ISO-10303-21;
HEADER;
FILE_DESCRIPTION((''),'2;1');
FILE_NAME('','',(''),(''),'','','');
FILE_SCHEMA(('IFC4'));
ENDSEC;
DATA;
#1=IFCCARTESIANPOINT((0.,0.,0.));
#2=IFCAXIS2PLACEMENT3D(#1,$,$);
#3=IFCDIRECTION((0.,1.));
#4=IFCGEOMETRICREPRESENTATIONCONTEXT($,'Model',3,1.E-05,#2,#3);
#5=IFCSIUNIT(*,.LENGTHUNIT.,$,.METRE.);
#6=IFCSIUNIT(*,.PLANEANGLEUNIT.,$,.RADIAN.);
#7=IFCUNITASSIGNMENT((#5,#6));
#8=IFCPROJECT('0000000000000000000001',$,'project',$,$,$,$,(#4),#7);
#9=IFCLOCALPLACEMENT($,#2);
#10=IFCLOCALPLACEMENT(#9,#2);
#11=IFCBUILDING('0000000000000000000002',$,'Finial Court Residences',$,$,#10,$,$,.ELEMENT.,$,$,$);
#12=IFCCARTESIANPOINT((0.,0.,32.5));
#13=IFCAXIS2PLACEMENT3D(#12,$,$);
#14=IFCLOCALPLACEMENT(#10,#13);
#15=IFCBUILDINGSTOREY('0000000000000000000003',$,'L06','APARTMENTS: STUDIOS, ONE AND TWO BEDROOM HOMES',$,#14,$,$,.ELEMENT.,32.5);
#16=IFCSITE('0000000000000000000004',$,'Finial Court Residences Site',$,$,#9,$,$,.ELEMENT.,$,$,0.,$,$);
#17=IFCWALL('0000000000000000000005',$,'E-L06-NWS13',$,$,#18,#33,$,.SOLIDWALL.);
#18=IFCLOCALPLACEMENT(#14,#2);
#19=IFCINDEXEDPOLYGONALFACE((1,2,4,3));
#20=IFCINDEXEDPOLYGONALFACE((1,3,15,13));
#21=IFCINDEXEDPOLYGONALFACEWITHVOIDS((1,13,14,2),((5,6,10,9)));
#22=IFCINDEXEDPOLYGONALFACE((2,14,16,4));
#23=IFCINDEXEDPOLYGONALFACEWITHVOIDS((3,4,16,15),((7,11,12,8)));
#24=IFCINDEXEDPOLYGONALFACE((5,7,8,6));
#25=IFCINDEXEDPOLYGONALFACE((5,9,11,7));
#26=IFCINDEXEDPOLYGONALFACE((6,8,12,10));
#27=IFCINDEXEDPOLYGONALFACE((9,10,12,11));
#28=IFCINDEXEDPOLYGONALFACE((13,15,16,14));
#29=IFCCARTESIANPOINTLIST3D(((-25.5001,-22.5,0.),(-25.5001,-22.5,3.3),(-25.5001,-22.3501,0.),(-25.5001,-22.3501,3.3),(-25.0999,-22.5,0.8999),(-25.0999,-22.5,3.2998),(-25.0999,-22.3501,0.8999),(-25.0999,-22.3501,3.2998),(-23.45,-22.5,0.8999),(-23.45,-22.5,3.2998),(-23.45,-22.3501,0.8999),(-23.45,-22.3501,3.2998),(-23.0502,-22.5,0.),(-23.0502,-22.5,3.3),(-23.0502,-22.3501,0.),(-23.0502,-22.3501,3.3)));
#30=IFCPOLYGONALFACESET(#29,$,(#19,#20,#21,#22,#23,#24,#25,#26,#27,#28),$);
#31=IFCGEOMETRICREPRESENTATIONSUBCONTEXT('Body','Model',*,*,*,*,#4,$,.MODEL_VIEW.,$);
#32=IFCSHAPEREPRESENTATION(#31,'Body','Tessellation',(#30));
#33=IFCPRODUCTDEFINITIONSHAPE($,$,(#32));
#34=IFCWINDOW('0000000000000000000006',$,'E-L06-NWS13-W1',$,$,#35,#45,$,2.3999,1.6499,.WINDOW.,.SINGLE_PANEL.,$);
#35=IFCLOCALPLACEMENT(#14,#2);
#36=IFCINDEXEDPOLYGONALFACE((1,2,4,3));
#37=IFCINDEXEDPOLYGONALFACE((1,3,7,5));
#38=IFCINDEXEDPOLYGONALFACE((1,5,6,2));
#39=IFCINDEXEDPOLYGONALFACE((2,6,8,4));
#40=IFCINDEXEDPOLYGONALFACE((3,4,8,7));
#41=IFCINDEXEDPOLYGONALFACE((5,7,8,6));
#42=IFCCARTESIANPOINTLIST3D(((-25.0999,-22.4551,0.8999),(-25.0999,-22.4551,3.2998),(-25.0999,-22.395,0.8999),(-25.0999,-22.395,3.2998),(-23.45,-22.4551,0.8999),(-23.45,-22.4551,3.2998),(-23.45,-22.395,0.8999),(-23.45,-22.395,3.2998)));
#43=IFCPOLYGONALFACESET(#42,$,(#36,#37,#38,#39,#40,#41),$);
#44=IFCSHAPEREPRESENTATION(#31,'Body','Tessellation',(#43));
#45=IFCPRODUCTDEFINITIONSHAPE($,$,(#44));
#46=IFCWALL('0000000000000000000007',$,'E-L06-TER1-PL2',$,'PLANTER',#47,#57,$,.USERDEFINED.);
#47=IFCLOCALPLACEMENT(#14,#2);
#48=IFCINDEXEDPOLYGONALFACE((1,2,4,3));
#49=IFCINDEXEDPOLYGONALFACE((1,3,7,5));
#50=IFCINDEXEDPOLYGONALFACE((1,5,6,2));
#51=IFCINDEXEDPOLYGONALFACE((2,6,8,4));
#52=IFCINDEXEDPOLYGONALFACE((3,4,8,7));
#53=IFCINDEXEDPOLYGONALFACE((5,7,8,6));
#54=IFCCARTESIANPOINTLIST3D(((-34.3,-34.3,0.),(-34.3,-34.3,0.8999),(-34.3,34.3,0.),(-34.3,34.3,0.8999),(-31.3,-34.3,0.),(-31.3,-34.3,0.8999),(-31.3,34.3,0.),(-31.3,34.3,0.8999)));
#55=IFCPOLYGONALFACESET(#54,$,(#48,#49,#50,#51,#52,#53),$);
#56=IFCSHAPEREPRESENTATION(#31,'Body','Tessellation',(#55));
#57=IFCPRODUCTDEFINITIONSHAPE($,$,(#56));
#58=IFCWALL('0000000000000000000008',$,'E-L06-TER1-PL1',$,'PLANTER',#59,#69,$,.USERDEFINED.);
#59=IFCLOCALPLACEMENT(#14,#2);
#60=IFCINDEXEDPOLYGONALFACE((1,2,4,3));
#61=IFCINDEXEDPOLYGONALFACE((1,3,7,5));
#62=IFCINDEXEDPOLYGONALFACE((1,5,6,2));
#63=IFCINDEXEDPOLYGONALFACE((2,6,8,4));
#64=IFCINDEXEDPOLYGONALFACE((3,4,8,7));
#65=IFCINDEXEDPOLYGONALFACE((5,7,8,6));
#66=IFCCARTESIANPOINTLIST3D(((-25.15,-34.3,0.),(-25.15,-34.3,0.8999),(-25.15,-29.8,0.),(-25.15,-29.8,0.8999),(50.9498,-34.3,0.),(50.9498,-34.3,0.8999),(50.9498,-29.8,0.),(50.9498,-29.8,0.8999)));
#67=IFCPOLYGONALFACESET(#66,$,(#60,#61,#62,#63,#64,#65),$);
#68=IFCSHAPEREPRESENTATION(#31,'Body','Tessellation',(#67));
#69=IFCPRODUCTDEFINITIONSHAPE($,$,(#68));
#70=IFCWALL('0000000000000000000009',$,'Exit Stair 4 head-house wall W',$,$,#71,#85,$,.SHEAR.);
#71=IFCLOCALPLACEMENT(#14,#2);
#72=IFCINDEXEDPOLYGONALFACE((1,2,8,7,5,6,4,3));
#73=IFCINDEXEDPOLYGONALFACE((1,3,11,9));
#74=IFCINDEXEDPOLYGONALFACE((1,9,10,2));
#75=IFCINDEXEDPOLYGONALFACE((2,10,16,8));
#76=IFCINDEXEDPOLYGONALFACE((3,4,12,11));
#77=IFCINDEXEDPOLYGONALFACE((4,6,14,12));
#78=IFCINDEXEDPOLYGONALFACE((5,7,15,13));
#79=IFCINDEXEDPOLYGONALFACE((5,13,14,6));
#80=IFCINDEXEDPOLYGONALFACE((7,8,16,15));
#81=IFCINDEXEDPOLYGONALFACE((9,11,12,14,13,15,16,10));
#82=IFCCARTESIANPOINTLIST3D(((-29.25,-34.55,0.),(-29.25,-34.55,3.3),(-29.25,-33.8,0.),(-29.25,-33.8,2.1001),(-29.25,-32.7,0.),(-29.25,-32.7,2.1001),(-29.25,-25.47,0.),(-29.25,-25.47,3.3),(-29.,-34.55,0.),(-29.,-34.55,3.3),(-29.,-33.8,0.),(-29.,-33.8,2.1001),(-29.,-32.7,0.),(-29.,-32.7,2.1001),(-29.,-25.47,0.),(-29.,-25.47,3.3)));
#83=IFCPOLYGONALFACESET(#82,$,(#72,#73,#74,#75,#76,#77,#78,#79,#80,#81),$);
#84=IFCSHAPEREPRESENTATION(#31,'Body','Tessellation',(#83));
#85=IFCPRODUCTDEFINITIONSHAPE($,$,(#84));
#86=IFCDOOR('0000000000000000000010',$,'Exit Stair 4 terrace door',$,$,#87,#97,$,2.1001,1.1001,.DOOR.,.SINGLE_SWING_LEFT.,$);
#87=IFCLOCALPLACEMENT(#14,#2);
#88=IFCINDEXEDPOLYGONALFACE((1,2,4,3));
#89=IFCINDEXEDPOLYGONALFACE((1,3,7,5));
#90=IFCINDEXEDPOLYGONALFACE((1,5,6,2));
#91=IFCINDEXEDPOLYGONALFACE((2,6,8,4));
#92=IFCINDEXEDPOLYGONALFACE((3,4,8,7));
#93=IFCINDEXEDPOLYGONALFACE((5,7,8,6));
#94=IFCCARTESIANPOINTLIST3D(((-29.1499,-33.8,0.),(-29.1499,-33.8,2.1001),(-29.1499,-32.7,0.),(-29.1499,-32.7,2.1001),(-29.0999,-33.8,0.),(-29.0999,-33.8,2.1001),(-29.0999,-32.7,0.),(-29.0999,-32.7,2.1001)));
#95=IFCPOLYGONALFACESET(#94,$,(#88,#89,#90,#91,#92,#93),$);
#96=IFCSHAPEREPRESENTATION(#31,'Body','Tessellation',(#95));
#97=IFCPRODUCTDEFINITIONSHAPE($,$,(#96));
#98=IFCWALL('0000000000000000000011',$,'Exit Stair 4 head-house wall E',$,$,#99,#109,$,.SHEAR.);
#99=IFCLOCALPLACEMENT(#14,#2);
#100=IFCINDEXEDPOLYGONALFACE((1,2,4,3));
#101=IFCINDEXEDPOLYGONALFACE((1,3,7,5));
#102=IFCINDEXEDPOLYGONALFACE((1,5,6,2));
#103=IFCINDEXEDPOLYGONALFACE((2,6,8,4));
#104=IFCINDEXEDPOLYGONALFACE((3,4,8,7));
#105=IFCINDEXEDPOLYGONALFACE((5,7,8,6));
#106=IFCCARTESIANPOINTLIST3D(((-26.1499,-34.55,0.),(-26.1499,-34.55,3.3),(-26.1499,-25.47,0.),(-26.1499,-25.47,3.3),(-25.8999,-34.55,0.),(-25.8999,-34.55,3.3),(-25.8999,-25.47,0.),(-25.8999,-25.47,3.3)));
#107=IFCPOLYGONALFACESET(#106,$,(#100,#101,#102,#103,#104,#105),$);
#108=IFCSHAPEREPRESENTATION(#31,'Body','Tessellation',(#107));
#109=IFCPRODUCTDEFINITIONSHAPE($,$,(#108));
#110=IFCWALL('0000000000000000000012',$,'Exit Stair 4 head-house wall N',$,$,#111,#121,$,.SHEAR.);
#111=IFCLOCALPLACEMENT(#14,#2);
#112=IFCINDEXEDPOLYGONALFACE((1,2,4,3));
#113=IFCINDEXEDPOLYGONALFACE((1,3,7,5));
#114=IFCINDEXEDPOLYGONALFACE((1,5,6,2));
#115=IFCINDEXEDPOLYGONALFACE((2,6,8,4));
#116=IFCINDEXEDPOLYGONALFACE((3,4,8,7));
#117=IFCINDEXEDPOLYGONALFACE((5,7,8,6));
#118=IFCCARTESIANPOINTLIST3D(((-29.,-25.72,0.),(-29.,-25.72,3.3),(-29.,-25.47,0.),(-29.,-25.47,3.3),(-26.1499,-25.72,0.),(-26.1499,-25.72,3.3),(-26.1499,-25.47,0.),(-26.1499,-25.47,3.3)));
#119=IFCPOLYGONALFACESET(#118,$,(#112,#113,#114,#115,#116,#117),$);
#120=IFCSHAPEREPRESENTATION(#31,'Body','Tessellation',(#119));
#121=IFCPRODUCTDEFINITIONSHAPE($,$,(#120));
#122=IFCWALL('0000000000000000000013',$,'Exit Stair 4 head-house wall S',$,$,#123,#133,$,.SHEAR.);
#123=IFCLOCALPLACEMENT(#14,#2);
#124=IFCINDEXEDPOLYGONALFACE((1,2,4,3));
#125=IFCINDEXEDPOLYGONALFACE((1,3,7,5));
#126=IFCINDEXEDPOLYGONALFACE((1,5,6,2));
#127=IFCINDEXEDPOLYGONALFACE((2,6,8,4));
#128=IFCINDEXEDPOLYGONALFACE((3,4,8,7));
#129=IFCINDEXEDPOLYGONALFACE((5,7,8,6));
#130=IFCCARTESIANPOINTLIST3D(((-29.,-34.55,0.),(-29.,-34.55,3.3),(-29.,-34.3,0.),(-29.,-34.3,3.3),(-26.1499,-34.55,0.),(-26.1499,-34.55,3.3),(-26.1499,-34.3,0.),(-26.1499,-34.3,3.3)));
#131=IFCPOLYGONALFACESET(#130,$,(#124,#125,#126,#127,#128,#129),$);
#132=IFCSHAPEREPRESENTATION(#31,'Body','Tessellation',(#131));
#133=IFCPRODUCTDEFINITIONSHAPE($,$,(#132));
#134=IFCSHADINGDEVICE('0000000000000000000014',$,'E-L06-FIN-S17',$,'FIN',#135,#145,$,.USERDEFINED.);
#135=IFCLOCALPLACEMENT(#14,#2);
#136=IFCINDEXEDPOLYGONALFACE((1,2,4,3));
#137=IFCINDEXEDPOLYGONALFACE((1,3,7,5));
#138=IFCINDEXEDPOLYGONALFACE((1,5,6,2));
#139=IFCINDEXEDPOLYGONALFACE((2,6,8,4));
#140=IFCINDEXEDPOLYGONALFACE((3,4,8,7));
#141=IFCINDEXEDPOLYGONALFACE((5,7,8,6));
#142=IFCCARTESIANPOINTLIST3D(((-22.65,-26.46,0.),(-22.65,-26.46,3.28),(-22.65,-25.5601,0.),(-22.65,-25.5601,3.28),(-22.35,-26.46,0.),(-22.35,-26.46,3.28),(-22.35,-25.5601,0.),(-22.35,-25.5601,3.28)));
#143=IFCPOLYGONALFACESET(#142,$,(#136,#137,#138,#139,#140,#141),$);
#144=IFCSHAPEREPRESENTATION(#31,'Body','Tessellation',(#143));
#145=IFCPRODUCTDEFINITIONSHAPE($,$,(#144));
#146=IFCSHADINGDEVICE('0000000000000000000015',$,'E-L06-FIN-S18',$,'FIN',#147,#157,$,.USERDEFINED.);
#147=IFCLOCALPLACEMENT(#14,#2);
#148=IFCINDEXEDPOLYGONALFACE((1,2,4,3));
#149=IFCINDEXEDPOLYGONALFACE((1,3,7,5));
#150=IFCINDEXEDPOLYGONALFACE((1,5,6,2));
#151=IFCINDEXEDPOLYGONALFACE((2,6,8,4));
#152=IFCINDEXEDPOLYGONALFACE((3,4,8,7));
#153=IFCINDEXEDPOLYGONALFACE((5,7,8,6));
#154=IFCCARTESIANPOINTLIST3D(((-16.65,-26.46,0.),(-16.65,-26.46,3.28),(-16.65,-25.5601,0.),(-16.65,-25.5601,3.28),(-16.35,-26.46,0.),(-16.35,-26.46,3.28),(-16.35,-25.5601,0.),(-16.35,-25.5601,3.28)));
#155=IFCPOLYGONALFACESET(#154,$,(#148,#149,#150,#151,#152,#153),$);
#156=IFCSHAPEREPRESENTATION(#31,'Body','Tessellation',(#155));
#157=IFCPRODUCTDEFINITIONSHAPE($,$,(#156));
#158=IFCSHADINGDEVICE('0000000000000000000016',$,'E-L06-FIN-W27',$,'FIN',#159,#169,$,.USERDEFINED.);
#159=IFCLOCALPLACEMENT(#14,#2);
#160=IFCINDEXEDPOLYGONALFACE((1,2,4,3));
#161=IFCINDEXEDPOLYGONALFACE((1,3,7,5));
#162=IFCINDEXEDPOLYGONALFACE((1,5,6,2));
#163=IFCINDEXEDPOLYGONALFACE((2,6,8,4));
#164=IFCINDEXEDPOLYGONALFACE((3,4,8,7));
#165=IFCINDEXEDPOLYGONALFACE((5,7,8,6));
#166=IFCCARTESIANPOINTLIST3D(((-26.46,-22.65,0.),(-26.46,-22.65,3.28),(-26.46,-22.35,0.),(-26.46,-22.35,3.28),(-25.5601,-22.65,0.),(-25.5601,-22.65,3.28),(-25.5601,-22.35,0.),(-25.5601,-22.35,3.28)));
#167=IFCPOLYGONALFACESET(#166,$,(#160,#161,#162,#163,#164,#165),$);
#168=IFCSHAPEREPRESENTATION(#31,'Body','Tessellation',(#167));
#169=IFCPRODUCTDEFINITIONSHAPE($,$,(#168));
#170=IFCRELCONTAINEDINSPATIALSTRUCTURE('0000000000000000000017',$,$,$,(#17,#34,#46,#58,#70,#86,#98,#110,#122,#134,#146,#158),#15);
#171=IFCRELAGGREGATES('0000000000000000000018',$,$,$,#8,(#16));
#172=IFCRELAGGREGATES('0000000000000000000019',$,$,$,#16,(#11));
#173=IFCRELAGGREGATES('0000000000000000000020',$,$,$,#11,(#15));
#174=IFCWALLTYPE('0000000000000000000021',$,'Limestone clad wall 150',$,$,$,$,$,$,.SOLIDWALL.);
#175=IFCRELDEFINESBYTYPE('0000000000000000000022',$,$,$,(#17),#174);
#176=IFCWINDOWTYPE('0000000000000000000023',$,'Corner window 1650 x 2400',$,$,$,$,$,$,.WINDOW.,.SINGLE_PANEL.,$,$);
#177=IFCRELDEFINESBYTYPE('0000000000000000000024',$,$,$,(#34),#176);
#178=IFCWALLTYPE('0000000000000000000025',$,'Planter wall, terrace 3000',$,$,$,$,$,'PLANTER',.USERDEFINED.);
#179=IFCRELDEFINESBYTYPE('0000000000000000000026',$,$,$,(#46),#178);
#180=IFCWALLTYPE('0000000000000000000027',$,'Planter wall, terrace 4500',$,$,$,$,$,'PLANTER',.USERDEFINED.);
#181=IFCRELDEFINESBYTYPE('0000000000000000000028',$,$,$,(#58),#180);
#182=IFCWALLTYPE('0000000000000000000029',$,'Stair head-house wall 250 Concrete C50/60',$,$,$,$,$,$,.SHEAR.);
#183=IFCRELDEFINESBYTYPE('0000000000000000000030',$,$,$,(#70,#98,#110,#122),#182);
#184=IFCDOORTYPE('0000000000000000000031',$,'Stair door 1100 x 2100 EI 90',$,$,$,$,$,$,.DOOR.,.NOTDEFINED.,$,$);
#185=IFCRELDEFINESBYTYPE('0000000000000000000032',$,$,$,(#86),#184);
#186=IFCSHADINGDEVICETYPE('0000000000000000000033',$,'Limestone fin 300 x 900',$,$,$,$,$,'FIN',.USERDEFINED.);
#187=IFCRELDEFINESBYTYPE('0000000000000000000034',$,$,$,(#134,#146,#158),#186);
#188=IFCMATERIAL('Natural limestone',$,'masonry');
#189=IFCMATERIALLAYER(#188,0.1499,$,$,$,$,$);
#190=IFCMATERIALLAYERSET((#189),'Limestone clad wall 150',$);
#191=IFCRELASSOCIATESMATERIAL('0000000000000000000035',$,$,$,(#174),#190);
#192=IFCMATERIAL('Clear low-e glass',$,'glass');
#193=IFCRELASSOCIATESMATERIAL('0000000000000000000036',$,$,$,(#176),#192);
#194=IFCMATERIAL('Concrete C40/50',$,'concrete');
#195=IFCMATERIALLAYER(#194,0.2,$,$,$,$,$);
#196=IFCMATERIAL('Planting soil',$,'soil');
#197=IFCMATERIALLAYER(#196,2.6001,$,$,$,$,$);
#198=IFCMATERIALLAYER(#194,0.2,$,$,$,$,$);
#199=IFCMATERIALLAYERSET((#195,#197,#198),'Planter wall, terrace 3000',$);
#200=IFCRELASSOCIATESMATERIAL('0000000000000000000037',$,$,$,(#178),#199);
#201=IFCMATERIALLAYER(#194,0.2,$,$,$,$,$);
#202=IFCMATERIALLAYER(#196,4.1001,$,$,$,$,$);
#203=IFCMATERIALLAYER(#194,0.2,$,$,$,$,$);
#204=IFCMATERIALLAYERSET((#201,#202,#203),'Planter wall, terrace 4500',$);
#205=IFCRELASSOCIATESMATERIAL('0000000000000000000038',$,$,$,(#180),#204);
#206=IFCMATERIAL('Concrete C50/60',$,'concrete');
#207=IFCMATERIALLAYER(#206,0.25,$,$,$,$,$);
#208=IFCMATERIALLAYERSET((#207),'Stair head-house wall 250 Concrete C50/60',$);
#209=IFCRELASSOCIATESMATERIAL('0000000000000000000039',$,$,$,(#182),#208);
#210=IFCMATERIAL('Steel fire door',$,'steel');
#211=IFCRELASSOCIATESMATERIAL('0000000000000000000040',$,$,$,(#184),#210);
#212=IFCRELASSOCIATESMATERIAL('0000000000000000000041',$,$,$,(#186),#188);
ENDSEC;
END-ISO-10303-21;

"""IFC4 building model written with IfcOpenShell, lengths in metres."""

from ifc_helpers import new_model, si_unit, direction, frame, frame_2d, origin, origin_2d, place, context, subcontext, project, spatial, rectangle, extrude, material, layer, layer_set, type_object, element, fill, save


model = new_model("IFC4")

# Units and contexts
model_context = context("Model", 3, precision=1e-05, world=origin(), true_north=direction((0.0, 1.0)))
body_context = subcontext(model_context, "Body", "Model", "MODEL_VIEW")
ifc_project = project(units=[si_unit("LENGTHUNIT", "METRE"), si_unit("PLANEANGLEUNIT", "RADIAN")], contexts=[model_context])

# Site, building, storey
site_placement = place(None, origin())
site = spatial("IfcSite", under=ifc_project, at=site_placement, Name="Finial Court Residences Site", CompositionType="ELEMENT", RefElevation=0.0)
building_placement = place(site_placement, origin())
building = spatial("IfcBuilding", under=site, at=building_placement, Name="Finial Court Residences", CompositionType="ELEMENT")
storey_placement = place(building_placement, frame((0.0, 0.0, 32.5)))
storey = spatial("IfcBuildingStorey", under=building, at=storey_placement, Name="L06", Description="APARTMENTS: STUDIOS, ONE AND TWO BEDROOM HOMES", CompositionType="ELEMENT", Elevation=32.5)

# Shared definitions
ifc_material_1 = material(Name="Clear low-e glass", Category="glass")

# Wall, opening, window
ifc_material_2 = material(Name="Natural limestone", Category="masonry")
ifc_layer_1 = layer(ifc_material_2, 0.1499)
ifc_layer_set_1 = layer_set([ifc_layer_1], Name="Limestone clad wall 150")
wall_type_1 = type_object("IfcWallType", Name="Limestone clad wall 150", PredefinedType="SOLIDWALL", material=ifc_layer_set_1)
wall_1_placement = place(storey_placement, frame((-23.05, -22.425, 0.0), z_axis=(0.0, 0.0, 1.0), x_axis=(-1.0, 0.0, 0.0)))
wall_1 = element("IfcWall", 1, at=wall_1_placement, inside=storey, type_object=wall_type_1, Name="E-L06-NWS13", PredefinedType="SOLIDWALL", context=body_context, shape_type="SweptSolid", body=[
    extrude(rectangle(XDim=2.45, YDim=0.1499, at=frame_2d((1.2251, 0.0))), origin(), (0.0, 0.0, 1.0), 3.3),
])
opening_1_placement = place(wall_1_placement, frame((0.3999, 0.0, 0.8999)))
opening_1 = element("IfcOpeningElement", 2, at=opening_1_placement, cuts=wall_1, PredefinedType="OPENING", context=body_context, shape_type="SweptSolid", body=[
    extrude(rectangle(XDim=1.6499, YDim=2.3999, at=frame_2d((0.825, 1.2))), frame((0.0, 0.085, 0.0), z_axis=(0.0, -1.0, 0.0), x_axis=(1.0, 0.0, 0.0)), (0.0, 0.0, 1.0), 0.1699),
])
window_type_1 = type_object("IfcWindowType", Name="Corner window 1650 x 2400", PartitioningType="SINGLE_PANEL", PredefinedType="WINDOW", material=ifc_material_1)
window_1_placement = place(opening_1_placement, origin())
window_1 = element("IfcWindow", 3, at=window_1_placement, inside=storey, type_object=window_type_1, Name="E-L06-NWS13-W1", OverallHeight=2.3999, OverallWidth=1.6499, PartitioningType="SINGLE_PANEL", PredefinedType="WINDOW", context=body_context, shape_type="SweptSolid", body=[
    extrude(rectangle(XDim=1.6499, YDim=2.3999, at=frame_2d((0.825, 1.2))), frame((0.0, 0.03, 0.0), z_axis=(0.0, -1.0, 0.0), x_axis=(1.0, 0.0, 0.0)), (0.0, 0.0, 1.0), 0.0601),
])
fill(opening_1, window_1)

# Walls
ifc_material_3 = material(Name="Concrete C40/50", Category="concrete")
ifc_layer_2 = layer(ifc_material_3, 0.2)
ifc_material_4 = material(Name="Planting soil", Category="soil")
ifc_layer_3 = layer(ifc_material_4, 2.6001)
ifc_layer_4 = layer(ifc_material_3, 0.2)
ifc_layer_set_2 = layer_set([ifc_layer_2, ifc_layer_3, ifc_layer_4], Name="Planter wall, terrace 3000")
wall_type_2 = type_object("IfcWallType", Name="Planter wall, terrace 3000", ElementType="PLANTER", PredefinedType="USERDEFINED", material=ifc_layer_set_2)
wall_2_placement = place(storey_placement, frame((-32.8, -34.3, 0.0), z_axis=(0.0, 0.0, 1.0), x_axis=(0.0, 1.0, 0.0)))
element("IfcWall", 4, at=wall_2_placement, inside=storey, type_object=wall_type_2, Name="E-L06-TER1-PL2", ObjectType="PLANTER", PredefinedType="USERDEFINED", context=body_context, shape_type="SweptSolid", body=[
    extrude(rectangle(XDim=68.6001, YDim=3.0, at=frame_2d((34.3, 0.0))), origin(), (0.0, 0.0, 1.0), 0.8999),
])
ifc_layer_5 = layer(ifc_material_3, 0.2)
ifc_layer_6 = layer(ifc_material_4, 4.1001)
ifc_layer_7 = layer(ifc_material_3, 0.2)
ifc_layer_set_3 = layer_set([ifc_layer_5, ifc_layer_6, ifc_layer_7], Name="Planter wall, terrace 4500")
wall_type_3 = type_object("IfcWallType", Name="Planter wall, terrace 4500", ElementType="PLANTER", PredefinedType="USERDEFINED", material=ifc_layer_set_3)
wall_3_placement = place(storey_placement, frame((-25.1499, -32.05, 0.0), z_axis=(0.0, 0.0, 1.0), x_axis=(1.0, 0.0, 0.0)))
element("IfcWall", 5, at=wall_3_placement, inside=storey, type_object=wall_type_3, Name="E-L06-TER1-PL1", ObjectType="PLANTER", PredefinedType="USERDEFINED", context=body_context, shape_type="SweptSolid", body=[
    extrude(rectangle(XDim=76.0999, YDim=4.5, at=frame_2d((38.0498, 0.0))), origin(), (0.0, 0.0, 1.0), 0.8999),
])

# Wall, opening, door
ifc_material_5 = material(Name="Concrete C50/60", Category="concrete")
ifc_layer_8 = layer(ifc_material_5, 0.25)
ifc_layer_set_4 = layer_set([ifc_layer_8], Name="Stair head-house wall 250 Concrete C50/60")
wall_type_4 = type_object("IfcWallType", Name="Stair head-house wall 250 Concrete C50/60", PredefinedType="SHEAR", material=ifc_layer_set_4)
wall_4_placement = place(storey_placement, frame((-29.125, -34.55, 0.0), z_axis=(0.0, 0.0, 1.0), x_axis=(0.0, 1.0, 0.0)))
wall_4 = element("IfcWall", 6, at=wall_4_placement, inside=storey, type_object=wall_type_4, Name="Exit Stair 4 head-house wall W", PredefinedType="SHEAR", context=body_context, shape_type="SweptSolid", body=[
    extrude(rectangle(XDim=9.0801, YDim=0.25, at=frame_2d((4.54, 0.0))), origin(), (0.0, 0.0, 1.0), 3.3),
])
opening_2_placement = place(wall_4_placement, frame((0.75, 0.0, 0.0)))
opening_2 = element("IfcOpeningElement", 7, at=opening_2_placement, cuts=wall_4, PredefinedType="OPENING", context=body_context, shape_type="SweptSolid", body=[
    extrude(rectangle(XDim=1.1001, YDim=2.1001, at=frame_2d((0.55, 1.05))), frame((0.0, 0.135, 0.0), z_axis=(0.0, -1.0, 0.0), x_axis=(1.0, 0.0, 0.0)), (0.0, 0.0, 1.0), 0.27),
])
ifc_material_6 = material(Name="Steel fire door", Category="steel")
door_type = type_object("IfcDoorType", Name="Stair door 1100 x 2100 EI 90", OperationType="NOTDEFINED", PredefinedType="DOOR", material=ifc_material_6)
door_placement = place(opening_2_placement, origin())
door = element("IfcDoor", 8, at=door_placement, inside=storey, type_object=door_type, Name="Exit Stair 4 terrace door", OperationType="SINGLE_SWING_LEFT", OverallHeight=2.1001, OverallWidth=1.1001, PredefinedType="DOOR", context=body_context, shape_type="SweptSolid", body=[
    extrude(rectangle(XDim=1.1001, YDim=2.1001, at=frame_2d((0.55, 1.05))), frame((0.0, 0.0249, 0.0), z_axis=(0.0, -1.0, 0.0), x_axis=(1.0, 0.0, 0.0)), (0.0, 0.0, 1.0), 0.05),
])
fill(opening_2, door)

# Walls
wall_5_placement = place(storey_placement, frame((-26.0249, -34.55, 0.0), z_axis=(0.0, 0.0, 1.0), x_axis=(0.0, 1.0, 0.0)))
element("IfcWall", 9, at=wall_5_placement, inside=storey, type_object=wall_type_4, Name="Exit Stair 4 head-house wall E", PredefinedType="SHEAR", context=body_context, shape_type="SweptSolid", body=[
    extrude(rectangle(XDim=9.0801, YDim=0.25, at=frame_2d((4.54, 0.0))), origin(), (0.0, 0.0, 1.0), 3.3),
])
for number, where, z_axis, x_axis, name in (
    (10, (-29.0, -25.595, 0.0), (0.0, 0.0, 1.0), (1.0, 0.0, 0.0), "Exit Stair 4 head-house wall N"),
    (11, (-29.0, -34.425, 0.0), (0.0, 0.0, 1.0), (1.0, 0.0, 0.0), "Exit Stair 4 head-house wall S"),
):
    element("IfcWall", number, at=place(storey_placement, frame(where, z_axis=z_axis, x_axis=x_axis)), inside=storey, type_object=wall_type_4, Name=name, PredefinedType="SHEAR", context=body_context, shape_type="SweptSolid", body=[
        extrude(rectangle(XDim=2.8501, YDim=0.25, at=frame_2d((1.425, 0.0))), origin(), (0.0, 0.0, 1.0), 3.3),
    ])

# Shading devices
shading_device_type = type_object("IfcShadingDeviceType", Name="Limestone fin 300 x 900", ElementType="FIN", PredefinedType="USERDEFINED", material=ifc_material_2)
for number, where, z_axis, x_axis, name in (
    (12, (-22.5, -26.01, 0.0), (0.0, 0.0, 1.0), (1.0, 0.0, 0.0), "E-L06-FIN-S17"),
    (13, (-16.5, -26.01, 0.0), (0.0, 0.0, 1.0), (1.0, 0.0, 0.0), "E-L06-FIN-S18"),
):
    element("IfcShadingDevice", number, at=place(storey_placement, frame(where, z_axis=z_axis, x_axis=x_axis)), inside=storey, type_object=shading_device_type, Name=name, ObjectType="FIN", PredefinedType="USERDEFINED", context=body_context, shape_type="SweptSolid", body=[
        extrude(rectangle(XDim=0.3, YDim=0.8999, at=origin_2d()), origin(), (0.0, 0.0, 1.0), 3.28),
    ])
shading_device_placement = place(storey_placement, frame((-26.01, -22.5, 0.0), z_axis=(0.0, 0.0, 1.0), x_axis=(1.0, 0.0, 0.0)))
element("IfcShadingDevice", 14, at=shading_device_placement, inside=storey, type_object=shading_device_type, Name="E-L06-FIN-W27", ObjectType="FIN", PredefinedType="USERDEFINED", context=body_context, shape_type="SweptSolid", body=[
    extrude(rectangle(XDim=0.8999, YDim=0.3, at=origin_2d()), origin(), (0.0, 0.0, 1.0), 3.28),
])

save(model, "model.ifc")
